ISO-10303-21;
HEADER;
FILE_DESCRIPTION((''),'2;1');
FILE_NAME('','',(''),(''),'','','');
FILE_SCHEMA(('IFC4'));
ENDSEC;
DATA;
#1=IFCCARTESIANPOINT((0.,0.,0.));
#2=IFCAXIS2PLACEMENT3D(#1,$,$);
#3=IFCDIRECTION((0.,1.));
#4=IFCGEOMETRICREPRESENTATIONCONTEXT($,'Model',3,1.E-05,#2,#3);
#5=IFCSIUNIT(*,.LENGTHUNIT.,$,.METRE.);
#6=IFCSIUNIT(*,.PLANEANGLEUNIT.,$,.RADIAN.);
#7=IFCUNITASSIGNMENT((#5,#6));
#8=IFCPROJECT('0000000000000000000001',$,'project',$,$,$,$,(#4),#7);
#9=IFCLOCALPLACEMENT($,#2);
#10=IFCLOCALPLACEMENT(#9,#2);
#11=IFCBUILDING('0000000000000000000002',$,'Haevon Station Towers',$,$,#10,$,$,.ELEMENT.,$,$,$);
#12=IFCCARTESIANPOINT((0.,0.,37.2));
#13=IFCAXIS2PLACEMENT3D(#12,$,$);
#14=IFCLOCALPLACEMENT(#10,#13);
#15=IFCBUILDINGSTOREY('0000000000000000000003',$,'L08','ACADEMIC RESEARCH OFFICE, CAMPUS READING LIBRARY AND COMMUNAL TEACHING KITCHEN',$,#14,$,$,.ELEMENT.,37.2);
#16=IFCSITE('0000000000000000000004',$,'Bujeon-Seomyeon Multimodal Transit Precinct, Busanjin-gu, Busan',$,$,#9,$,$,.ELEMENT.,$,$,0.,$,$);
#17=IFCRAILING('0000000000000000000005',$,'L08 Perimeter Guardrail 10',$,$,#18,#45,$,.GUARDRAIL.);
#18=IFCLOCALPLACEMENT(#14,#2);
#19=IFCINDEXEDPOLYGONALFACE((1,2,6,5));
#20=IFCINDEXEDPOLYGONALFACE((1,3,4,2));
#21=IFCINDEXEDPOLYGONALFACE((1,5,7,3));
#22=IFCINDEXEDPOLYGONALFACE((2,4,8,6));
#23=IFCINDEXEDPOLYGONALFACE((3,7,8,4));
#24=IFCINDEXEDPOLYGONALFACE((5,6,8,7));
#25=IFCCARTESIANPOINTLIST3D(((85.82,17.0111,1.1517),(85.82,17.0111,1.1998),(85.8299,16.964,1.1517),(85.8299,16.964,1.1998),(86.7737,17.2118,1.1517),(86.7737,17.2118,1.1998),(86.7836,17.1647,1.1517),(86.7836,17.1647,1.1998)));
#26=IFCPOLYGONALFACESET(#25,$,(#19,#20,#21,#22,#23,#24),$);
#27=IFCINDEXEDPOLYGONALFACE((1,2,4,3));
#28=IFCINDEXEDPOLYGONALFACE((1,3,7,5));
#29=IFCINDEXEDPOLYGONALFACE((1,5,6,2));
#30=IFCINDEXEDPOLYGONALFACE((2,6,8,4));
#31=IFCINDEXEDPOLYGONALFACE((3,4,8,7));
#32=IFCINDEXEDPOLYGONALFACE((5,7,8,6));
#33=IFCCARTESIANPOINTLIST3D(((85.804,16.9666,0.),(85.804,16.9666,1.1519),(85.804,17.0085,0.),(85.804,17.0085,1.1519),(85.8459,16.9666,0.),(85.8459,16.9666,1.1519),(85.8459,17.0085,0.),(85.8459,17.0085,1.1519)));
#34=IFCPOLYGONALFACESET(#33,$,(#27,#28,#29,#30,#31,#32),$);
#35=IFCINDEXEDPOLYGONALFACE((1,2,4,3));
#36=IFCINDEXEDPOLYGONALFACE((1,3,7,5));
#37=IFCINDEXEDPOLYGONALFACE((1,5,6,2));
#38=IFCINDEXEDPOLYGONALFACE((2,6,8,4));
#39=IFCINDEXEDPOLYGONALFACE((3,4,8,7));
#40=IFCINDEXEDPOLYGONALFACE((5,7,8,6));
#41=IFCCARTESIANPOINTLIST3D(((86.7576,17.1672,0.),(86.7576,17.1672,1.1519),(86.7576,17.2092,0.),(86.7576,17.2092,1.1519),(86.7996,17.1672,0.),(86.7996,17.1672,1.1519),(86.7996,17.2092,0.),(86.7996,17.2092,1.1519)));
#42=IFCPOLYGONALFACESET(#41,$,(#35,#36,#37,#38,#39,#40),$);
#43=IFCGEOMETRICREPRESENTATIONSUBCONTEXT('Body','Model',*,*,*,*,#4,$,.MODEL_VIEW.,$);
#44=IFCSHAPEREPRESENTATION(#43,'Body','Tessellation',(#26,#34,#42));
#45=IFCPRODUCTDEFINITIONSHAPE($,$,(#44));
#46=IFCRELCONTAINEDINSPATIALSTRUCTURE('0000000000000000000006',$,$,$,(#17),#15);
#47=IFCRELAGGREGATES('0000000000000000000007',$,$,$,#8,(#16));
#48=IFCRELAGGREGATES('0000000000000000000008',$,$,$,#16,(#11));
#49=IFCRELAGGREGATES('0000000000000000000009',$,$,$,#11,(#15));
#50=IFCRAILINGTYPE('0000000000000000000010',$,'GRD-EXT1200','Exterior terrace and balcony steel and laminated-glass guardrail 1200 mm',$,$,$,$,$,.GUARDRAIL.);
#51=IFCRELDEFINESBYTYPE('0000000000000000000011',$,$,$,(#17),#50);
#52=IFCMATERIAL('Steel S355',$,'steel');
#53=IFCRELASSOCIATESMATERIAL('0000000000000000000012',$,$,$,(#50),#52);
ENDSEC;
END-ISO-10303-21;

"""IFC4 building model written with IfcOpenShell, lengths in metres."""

from ifc_helpers import new_model, si_unit, direction, frame, origin, origin_2d, place, context, subcontext, project, spatial, rectangle, extrude, material, type_object, element, save


model = new_model("IFC4")

# Units and contexts
model_context = context("Model", 3, precision=1e-05, world=origin(), true_north=direction((0.0, 1.0)))
body_context = subcontext(model_context, "Body", "Model", "MODEL_VIEW")
ifc_project = project(units=[si_unit("LENGTHUNIT", "METRE"), si_unit("PLANEANGLEUNIT", "RADIAN")], contexts=[model_context])

# Site, building, storey
site_placement = place(None, origin())
site = spatial("IfcSite", under=ifc_project, at=site_placement, Name="Bujeon-Seomyeon Multimodal Transit Precinct, Busanjin-gu, Busan", CompositionType="ELEMENT", RefElevation=0.0)
building_placement = place(site_placement, origin())
building = spatial("IfcBuilding", under=site, at=building_placement, Name="Haevon Station Towers", CompositionType="ELEMENT")
storey_placement = place(building_placement, frame((0.0, 0.0, 37.2)))
storey = spatial("IfcBuildingStorey", under=building, at=storey_placement, Name="L08", Description="ACADEMIC RESEARCH OFFICE, CAMPUS READING LIBRARY AND COMMUNAL TEACHING KITCHEN", CompositionType="ELEMENT", Elevation=37.2)

# Shared definitions
ifc_material_1 = material(Name="Steel S355", Category="steel")

# Railing
railing_type = type_object("IfcRailingType", Name="GRD-EXT1200", Description="Exterior terrace and balcony steel and laminated-glass guardrail 1200 mm", PredefinedType="GUARDRAIL", material=ifc_material_1)
railing_1_placement = place(storey_placement, frame((85.825, 16.9875, 0.0)))
element("IfcRailing", 1, at=railing_1_placement, inside=storey, type_object=railing_type, Name="L08 Perimeter Guardrail 10", PredefinedType="GUARDRAIL", context=body_context, shape_type="SweptSolid", body=[
    extrude(rectangle(XDim=0.0481, YDim=0.0481, at=origin_2d()), frame((0.0, 0.0, 1.1758), z_axis=(0.978566, 0.205935, 0.0), x_axis=(-0.205935, 0.978566, 0.0)), (0.0, 0.0, 1.0), 0.9746),
    extrude(rectangle(XDim=0.042, YDim=0.042, at=origin_2d()), origin(), (0.0, 0.0, 1.0), 1.1519),
    extrude(rectangle(XDim=0.042, YDim=0.042, at=origin_2d()), frame((0.9536, 0.2007, 0.0)), (0.0, 0.0, 1.0), 1.1519),
])

save(model, "model.ifc")
